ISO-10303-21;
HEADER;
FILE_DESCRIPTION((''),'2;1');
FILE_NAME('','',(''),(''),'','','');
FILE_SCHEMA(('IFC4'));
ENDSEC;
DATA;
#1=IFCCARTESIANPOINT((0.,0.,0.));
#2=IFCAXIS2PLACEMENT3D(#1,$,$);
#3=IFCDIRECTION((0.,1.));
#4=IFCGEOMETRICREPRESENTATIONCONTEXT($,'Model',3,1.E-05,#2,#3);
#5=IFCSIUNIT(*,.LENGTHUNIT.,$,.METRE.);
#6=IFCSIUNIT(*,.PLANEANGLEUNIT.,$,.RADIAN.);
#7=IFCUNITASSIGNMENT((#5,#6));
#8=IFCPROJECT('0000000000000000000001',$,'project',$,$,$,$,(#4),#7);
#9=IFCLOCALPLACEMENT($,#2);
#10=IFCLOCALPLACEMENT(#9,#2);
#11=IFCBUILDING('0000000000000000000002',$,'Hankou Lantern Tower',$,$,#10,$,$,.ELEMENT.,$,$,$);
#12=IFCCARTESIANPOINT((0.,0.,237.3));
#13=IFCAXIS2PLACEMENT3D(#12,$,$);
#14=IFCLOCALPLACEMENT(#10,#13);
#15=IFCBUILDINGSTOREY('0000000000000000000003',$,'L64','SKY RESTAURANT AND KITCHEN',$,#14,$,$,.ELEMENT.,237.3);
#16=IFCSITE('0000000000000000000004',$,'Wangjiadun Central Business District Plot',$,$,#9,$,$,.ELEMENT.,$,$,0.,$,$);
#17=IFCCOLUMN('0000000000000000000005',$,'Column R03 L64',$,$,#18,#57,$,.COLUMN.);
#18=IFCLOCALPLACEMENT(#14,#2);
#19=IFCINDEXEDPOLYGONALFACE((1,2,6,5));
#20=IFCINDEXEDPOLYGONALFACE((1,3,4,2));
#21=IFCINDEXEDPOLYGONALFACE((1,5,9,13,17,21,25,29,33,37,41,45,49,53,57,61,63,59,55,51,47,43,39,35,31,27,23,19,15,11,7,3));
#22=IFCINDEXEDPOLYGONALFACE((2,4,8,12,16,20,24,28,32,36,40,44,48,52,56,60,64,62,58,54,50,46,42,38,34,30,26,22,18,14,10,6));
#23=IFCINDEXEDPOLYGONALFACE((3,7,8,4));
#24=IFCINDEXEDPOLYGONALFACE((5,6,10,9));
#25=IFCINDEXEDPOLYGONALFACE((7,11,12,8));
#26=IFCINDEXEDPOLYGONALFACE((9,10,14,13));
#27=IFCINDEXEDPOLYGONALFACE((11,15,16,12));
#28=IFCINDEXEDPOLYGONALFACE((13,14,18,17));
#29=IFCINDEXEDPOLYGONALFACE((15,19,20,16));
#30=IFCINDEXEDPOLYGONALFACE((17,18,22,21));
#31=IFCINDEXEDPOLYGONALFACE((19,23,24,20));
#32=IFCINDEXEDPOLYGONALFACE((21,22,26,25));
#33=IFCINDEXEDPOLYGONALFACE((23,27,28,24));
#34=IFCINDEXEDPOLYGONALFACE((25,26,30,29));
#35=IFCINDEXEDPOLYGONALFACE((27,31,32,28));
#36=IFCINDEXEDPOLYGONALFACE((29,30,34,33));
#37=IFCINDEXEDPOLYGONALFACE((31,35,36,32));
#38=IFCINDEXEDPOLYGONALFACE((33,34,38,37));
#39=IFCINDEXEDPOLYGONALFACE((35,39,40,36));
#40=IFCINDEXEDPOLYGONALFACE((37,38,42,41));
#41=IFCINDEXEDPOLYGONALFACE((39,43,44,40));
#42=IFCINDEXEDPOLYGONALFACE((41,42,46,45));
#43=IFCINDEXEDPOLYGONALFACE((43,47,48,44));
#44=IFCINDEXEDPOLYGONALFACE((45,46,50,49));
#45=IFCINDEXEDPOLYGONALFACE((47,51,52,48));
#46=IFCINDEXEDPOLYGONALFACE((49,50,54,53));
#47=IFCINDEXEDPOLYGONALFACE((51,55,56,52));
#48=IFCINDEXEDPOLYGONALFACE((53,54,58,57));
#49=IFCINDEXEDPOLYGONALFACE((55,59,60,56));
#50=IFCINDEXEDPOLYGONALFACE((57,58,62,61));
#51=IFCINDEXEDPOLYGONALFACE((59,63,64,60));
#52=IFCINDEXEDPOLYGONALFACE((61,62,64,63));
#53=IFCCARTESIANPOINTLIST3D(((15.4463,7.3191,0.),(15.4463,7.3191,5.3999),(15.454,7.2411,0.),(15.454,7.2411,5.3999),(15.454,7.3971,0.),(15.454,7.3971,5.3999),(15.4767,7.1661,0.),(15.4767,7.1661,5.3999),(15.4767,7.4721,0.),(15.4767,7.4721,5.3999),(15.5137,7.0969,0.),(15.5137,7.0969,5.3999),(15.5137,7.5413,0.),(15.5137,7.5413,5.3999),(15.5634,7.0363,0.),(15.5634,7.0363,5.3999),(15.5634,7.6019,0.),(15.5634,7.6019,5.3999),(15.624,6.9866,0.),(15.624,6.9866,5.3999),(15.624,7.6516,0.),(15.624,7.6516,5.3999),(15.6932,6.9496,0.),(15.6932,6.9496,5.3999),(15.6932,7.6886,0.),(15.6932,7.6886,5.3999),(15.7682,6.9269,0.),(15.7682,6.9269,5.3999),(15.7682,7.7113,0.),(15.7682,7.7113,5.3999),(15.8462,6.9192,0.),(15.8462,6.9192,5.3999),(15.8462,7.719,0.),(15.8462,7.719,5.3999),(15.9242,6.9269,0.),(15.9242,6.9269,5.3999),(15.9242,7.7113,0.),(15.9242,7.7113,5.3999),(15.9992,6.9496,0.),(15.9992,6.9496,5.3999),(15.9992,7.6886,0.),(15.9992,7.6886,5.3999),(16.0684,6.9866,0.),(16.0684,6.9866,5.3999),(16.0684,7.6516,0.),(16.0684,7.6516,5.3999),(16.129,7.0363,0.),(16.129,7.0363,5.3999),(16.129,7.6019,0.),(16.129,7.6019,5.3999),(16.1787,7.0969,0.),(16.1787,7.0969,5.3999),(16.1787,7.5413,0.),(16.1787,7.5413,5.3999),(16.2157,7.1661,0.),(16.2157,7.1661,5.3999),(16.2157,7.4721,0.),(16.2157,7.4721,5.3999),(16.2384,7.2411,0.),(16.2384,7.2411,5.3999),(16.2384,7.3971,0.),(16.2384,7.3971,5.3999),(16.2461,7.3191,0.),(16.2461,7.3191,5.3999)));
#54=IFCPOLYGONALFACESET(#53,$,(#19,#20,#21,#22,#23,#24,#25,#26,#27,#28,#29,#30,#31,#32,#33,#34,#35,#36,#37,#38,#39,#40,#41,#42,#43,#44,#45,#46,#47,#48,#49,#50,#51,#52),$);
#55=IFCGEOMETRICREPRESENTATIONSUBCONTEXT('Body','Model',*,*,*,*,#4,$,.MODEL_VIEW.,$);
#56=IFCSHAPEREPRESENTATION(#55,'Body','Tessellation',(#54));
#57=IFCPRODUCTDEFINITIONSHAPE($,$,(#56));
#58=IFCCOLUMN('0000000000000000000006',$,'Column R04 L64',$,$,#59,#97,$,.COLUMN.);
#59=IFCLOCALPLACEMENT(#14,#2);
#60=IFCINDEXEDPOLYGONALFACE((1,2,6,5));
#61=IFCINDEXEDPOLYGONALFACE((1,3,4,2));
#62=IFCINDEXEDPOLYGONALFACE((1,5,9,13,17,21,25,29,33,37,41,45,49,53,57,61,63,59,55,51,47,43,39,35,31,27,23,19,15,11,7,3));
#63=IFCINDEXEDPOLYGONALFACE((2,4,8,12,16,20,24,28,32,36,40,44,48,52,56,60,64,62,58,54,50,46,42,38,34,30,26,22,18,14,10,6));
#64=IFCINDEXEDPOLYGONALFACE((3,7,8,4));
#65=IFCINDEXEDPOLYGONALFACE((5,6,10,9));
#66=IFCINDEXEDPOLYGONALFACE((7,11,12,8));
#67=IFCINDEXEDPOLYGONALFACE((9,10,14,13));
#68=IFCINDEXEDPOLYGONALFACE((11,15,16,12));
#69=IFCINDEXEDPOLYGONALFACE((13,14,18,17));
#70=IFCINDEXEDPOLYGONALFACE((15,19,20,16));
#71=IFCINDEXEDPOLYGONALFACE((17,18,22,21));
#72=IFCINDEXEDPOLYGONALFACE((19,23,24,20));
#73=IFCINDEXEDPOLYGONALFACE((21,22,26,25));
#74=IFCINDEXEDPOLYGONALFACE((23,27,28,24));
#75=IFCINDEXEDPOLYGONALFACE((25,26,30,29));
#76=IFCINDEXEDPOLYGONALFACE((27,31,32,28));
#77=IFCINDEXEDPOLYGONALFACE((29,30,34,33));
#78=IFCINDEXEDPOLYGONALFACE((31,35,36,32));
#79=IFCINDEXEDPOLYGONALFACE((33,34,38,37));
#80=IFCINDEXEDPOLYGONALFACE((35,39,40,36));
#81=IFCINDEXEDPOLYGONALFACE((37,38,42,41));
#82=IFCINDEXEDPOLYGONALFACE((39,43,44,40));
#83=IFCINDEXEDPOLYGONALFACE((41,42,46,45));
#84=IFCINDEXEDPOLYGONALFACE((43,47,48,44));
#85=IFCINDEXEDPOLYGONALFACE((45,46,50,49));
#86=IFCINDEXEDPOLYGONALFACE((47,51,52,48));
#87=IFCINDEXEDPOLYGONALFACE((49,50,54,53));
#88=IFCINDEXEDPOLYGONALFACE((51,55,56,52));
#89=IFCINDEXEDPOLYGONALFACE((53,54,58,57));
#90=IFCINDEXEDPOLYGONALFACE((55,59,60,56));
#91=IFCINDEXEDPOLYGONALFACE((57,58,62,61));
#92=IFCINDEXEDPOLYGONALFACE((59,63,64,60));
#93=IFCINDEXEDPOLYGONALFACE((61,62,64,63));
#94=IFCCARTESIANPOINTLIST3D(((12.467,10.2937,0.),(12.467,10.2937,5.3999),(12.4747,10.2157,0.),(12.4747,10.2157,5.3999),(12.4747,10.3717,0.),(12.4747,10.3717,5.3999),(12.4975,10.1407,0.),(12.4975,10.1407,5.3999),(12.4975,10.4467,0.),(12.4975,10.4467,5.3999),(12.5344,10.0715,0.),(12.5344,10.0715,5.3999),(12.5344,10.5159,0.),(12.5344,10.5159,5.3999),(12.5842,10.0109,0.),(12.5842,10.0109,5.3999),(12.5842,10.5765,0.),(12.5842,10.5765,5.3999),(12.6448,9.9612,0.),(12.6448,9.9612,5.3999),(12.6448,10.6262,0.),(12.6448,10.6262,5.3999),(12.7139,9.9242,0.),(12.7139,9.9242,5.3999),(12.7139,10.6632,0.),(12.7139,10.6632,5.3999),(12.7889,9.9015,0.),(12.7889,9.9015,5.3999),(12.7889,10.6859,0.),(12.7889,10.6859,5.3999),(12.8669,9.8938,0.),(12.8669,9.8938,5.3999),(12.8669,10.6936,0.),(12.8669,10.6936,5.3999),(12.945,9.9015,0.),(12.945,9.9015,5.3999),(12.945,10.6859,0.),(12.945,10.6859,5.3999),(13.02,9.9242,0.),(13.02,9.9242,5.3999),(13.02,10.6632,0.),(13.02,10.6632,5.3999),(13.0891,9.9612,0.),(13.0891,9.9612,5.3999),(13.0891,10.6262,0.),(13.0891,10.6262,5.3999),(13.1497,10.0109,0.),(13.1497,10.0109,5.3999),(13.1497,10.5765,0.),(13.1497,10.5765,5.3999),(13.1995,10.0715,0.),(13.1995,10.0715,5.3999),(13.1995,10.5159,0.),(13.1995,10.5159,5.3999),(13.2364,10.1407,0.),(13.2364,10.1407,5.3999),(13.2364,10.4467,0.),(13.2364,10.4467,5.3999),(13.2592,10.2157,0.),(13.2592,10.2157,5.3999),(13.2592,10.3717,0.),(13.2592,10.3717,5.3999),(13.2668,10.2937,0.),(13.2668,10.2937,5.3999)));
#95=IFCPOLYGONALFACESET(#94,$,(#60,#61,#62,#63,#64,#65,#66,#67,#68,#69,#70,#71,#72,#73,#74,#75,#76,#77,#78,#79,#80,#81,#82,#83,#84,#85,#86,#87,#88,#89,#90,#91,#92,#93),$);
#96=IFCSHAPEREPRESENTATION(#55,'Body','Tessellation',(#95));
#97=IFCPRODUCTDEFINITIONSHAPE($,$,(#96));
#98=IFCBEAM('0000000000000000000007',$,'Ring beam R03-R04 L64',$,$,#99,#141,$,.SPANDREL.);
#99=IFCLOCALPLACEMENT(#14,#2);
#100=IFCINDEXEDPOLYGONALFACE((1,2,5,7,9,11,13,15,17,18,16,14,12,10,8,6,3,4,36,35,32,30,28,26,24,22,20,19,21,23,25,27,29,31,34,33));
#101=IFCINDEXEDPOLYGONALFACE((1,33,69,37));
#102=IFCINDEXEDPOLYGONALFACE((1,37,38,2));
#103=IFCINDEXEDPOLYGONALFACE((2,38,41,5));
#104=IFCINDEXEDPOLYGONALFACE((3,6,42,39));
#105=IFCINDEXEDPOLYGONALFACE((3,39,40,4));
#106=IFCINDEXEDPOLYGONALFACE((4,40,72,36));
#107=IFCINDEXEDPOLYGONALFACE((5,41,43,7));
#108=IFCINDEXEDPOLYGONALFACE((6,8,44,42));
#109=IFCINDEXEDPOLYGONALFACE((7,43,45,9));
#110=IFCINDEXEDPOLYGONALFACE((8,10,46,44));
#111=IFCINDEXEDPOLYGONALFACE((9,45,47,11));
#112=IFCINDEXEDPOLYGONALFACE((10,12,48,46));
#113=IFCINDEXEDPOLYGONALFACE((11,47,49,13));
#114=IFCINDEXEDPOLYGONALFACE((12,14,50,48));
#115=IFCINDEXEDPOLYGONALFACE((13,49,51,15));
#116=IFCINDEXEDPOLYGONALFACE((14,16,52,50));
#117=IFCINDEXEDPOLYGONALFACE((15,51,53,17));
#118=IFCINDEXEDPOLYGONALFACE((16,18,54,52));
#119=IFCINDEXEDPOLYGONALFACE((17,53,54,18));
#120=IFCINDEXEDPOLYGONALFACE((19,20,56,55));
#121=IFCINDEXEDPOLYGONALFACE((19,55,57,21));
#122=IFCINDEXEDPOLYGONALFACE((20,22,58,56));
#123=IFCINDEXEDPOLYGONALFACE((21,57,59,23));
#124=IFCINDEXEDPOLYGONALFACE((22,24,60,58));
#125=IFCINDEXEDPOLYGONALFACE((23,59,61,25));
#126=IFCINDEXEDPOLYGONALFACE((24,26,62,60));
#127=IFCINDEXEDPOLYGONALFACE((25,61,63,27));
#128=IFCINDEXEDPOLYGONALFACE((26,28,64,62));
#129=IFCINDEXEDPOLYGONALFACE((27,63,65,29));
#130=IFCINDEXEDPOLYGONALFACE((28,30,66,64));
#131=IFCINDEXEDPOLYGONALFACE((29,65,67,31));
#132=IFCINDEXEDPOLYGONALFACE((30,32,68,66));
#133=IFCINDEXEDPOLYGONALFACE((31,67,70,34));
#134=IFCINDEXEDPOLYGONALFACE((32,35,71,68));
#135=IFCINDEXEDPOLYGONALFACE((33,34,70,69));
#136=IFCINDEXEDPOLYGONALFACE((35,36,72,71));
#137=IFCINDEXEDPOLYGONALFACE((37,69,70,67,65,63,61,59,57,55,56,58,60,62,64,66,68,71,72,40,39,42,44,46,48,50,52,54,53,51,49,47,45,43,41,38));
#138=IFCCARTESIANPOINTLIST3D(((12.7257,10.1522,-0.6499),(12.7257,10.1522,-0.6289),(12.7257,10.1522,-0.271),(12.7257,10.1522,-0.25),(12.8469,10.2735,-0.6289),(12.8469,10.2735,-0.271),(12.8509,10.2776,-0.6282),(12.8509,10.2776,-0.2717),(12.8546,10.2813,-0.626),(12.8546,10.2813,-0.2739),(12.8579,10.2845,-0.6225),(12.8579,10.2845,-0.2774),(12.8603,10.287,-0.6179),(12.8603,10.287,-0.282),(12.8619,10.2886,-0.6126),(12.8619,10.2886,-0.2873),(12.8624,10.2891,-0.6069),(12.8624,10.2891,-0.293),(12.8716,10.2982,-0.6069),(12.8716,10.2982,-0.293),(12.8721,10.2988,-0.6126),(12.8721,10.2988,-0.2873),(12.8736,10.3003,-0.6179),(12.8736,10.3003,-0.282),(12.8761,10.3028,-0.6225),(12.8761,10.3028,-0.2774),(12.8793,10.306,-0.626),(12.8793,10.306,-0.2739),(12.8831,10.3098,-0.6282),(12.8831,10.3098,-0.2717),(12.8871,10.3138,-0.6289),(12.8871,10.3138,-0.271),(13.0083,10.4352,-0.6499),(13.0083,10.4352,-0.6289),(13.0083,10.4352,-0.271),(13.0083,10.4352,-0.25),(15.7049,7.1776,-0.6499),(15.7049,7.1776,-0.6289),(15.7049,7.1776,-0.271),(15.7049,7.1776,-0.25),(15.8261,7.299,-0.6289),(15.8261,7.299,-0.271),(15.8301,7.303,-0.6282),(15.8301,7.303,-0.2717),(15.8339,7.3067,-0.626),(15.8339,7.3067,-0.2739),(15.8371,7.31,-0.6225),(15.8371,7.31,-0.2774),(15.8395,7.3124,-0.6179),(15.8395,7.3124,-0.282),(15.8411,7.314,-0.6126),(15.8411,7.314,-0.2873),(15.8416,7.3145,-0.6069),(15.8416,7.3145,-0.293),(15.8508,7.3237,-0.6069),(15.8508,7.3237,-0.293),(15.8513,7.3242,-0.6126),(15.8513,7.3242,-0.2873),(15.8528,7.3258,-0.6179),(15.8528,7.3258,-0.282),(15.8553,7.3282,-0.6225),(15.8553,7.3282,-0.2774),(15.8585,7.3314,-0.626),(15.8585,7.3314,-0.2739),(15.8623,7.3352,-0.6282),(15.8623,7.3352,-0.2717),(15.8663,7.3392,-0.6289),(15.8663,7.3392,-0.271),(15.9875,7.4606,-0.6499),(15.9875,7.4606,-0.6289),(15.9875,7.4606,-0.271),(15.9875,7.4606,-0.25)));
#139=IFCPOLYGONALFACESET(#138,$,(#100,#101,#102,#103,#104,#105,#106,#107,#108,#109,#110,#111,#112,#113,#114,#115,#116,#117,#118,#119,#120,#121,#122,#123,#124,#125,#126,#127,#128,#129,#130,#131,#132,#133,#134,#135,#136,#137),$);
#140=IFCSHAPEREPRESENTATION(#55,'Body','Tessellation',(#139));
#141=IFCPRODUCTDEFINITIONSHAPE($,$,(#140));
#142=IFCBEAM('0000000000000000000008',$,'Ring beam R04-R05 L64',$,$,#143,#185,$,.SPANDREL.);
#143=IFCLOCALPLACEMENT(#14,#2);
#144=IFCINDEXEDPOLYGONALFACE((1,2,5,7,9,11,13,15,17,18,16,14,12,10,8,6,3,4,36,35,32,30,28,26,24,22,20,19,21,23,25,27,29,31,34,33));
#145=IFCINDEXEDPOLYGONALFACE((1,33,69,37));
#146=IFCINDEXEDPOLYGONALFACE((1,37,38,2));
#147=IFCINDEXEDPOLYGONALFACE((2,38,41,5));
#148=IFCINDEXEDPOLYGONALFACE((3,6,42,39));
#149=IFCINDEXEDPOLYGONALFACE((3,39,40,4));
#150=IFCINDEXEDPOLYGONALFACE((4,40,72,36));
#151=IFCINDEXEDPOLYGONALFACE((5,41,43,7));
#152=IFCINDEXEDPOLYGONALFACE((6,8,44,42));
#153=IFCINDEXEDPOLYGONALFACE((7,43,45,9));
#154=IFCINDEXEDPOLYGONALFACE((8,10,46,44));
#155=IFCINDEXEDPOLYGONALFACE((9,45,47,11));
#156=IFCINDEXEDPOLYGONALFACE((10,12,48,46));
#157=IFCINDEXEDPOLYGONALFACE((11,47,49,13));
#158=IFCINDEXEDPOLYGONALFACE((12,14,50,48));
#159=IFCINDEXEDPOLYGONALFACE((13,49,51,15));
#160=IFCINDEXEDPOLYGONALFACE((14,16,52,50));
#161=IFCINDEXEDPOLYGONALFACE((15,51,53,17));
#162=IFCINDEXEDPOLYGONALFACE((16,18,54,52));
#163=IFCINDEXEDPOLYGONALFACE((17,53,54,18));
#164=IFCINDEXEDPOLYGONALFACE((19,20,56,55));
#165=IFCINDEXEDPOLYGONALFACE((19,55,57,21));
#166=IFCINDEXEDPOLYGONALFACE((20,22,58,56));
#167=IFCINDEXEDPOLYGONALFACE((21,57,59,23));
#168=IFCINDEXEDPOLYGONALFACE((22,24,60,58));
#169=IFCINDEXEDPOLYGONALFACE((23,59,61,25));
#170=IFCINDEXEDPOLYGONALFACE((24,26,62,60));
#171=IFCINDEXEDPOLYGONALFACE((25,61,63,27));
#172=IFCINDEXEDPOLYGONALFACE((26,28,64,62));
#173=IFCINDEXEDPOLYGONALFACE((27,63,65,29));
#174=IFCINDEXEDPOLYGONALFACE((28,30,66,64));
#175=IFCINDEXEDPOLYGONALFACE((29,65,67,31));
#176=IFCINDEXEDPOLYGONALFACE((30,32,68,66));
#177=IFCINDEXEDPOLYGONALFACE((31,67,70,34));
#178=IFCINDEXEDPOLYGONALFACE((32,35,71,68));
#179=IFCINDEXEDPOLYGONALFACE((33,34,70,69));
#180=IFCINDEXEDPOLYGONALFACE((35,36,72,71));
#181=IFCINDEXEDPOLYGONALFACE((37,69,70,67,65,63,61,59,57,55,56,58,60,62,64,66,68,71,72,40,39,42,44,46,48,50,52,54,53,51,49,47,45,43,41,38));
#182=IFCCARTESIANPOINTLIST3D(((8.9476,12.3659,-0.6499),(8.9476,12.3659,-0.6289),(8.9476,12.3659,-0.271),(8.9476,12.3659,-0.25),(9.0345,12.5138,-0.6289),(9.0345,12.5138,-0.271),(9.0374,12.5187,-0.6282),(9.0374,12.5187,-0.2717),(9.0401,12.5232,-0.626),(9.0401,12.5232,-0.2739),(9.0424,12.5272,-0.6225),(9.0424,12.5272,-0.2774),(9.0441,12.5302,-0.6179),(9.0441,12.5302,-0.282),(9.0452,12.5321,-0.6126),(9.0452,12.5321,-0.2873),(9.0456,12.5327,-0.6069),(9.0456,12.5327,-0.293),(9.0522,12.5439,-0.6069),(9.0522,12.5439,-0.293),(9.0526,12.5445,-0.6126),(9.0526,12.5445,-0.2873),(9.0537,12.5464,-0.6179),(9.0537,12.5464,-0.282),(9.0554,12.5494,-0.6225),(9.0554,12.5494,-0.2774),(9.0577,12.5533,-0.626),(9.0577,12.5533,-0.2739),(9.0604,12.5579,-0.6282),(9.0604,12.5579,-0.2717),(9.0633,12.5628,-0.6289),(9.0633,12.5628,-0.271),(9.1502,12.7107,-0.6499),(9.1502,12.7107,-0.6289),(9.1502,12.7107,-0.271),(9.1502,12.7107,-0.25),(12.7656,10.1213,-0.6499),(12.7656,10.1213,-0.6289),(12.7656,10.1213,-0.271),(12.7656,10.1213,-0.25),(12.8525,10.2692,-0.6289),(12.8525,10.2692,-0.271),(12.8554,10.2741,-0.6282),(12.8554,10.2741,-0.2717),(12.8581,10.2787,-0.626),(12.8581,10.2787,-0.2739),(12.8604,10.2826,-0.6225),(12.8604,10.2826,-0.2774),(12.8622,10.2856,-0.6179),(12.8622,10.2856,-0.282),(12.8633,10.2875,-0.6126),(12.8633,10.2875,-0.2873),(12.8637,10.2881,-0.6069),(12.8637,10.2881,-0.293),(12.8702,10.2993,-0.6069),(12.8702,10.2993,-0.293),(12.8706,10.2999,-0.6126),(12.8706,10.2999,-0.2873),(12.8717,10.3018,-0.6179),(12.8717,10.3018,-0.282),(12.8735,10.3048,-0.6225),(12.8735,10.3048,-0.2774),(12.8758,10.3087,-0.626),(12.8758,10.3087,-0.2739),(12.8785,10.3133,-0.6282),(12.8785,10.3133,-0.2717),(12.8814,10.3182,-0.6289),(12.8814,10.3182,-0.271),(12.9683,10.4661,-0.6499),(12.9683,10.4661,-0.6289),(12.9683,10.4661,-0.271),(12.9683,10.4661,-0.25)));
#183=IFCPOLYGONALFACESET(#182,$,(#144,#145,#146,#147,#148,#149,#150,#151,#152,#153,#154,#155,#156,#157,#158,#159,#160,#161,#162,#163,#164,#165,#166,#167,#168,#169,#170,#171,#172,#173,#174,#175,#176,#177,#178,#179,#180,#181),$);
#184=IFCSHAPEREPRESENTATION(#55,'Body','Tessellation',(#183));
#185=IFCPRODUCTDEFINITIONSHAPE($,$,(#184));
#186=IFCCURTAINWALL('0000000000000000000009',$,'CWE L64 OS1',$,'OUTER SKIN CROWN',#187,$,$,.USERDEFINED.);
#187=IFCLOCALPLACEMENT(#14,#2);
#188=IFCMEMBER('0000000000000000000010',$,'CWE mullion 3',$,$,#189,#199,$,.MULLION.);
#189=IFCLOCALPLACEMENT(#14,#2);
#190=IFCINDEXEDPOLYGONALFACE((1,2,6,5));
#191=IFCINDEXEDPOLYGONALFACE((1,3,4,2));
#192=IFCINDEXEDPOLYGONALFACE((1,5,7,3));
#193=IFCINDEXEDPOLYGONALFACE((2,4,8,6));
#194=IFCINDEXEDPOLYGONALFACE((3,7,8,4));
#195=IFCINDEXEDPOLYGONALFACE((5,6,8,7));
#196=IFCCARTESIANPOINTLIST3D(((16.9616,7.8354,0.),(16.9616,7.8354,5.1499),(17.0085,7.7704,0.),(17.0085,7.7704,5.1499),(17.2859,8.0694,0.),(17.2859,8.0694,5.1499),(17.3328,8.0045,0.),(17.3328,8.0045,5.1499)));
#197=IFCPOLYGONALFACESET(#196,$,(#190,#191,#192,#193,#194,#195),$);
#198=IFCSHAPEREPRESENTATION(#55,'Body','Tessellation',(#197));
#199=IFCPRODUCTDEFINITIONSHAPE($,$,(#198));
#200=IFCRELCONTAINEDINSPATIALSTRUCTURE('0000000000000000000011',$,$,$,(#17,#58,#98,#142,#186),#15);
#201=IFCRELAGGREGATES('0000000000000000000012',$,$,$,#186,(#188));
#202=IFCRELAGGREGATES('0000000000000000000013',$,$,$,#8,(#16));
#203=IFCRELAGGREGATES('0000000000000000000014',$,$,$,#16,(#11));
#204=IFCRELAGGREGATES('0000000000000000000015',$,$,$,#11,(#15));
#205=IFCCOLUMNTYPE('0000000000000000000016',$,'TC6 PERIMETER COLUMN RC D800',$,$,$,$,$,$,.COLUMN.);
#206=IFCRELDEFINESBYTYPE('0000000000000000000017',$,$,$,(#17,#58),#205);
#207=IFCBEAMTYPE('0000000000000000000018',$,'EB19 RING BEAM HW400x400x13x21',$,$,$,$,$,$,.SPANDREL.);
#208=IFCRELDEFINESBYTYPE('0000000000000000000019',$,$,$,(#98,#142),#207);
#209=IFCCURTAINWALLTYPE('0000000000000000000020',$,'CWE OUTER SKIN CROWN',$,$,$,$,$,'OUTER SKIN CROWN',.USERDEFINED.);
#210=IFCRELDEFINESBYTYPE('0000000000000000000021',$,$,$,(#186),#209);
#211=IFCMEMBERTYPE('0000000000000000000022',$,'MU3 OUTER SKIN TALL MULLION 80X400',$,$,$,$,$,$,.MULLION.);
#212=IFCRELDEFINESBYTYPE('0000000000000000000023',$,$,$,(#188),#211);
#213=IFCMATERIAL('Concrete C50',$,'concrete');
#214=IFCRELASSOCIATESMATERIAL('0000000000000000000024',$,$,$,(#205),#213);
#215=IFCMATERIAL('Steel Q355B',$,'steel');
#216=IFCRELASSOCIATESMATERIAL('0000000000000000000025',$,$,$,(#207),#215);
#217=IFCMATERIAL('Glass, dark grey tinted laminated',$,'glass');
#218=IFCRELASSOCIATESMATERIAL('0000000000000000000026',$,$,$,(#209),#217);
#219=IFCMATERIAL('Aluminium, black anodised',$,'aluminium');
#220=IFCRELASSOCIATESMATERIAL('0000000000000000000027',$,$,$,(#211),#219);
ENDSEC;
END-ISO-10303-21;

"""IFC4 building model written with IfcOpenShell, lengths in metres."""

from ifc_helpers import new_model, si_unit, direction, frame, origin, origin_2d, place, context, subcontext, project, spatial, rectangle, circle, i_section, extrude, material, material_profile, profile_set, type_object, element, aggregate, save


model = new_model("IFC4")

# Units and contexts
model_context = context("Model", 3, precision=1e-05, world=origin(), true_north=direction((0.0, 1.0)))
body_context = subcontext(model_context, "Body", "Model", "MODEL_VIEW")
ifc_project = project(units=[si_unit("LENGTHUNIT", "METRE"), si_unit("PLANEANGLEUNIT", "RADIAN")], contexts=[model_context])

# Site, building, storey
site_placement = place(None, origin())
site = spatial("IfcSite", under=ifc_project, at=site_placement, Name="Wangjiadun Central Business District Plot", CompositionType="ELEMENT", RefElevation=0.0)
building_placement = place(site_placement, origin())
building = spatial("IfcBuilding", under=site, at=building_placement, Name="Hankou Lantern Tower", CompositionType="ELEMENT")
storey_placement = place(building_placement, frame((0.0, 0.0, 237.3)))
storey = spatial("IfcBuildingStorey", under=building, at=storey_placement, Name="L64", Description="SKY RESTAURANT AND KITCHEN", CompositionType="ELEMENT", Elevation=237.3)

# Columns
ifc_material_1 = material(Name="Concrete C50", Category="concrete")
ifc_material_profile_1 = material_profile(ifc_material_1, circle(Radius=0.3999, at=origin_2d()), Name="RC D800")
ifc_profile_set_1 = profile_set([ifc_material_profile_1], Name="Concrete C50")
column_type = type_object("IfcColumnType", Name="TC6 PERIMETER COLUMN RC D800", PredefinedType="COLUMN", material=ifc_profile_set_1)
for number, where, z_axis, x_axis, name in (
    (1, (15.8462, 7.3191, 0.0), (0.0, 0.0, 1.0), (1.0, 0.0, 0.0), "Column R03 L64"),
    (2, (12.8669, 10.2937, 0.0), (0.0, 0.0, 1.0), (1.0, 0.0, 0.0), "Column R04 L64"),
):
    element("IfcColumn", number, at=place(storey_placement, frame(where, z_axis=z_axis, x_axis=x_axis)), inside=storey, type_object=column_type, Name=name, PredefinedType="COLUMN", context=body_context, shape_type="SweptSolid", body=[
        extrude(circle(Radius=0.3999, at=origin_2d()), origin(), (0.0, 0.0, 1.0), 5.3999),
    ])

# Beams
ifc_material_2 = material(Name="Steel Q355B", Category="steel")
ifc_material_profile_2 = material_profile(ifc_material_2, i_section(OverallWidth=0.3999, OverallDepth=0.3999, WebThickness=0.0129, FlangeThickness=0.021, FilletRadius=0.022, at=origin_2d()), Name="HW400x400x13x21")
ifc_profile_set_2 = profile_set([ifc_material_profile_2], Name="Steel Q355B")
beam_type_1 = type_object("IfcBeamType", Name="EB19 RING BEAM HW400x400x13x21", PredefinedType="SPANDREL", material=ifc_profile_set_2)
beam_1_placement = place(storey_placement, frame((15.8462, 7.3191, -0.45), z_axis=(-0.707657, 0.706556, 0.0), x_axis=(-0.706556, -0.707657, 0.0)))
element("IfcBeam", 3, at=beam_1_placement, inside=storey, type_object=beam_type_1, Name="Ring beam R03-R04 L64", PredefinedType="SPANDREL", context=body_context, shape_type="SweptSolid", body=[
    extrude(i_section(OverallWidth=0.3999, OverallDepth=0.3999, WebThickness=0.0129, FlangeThickness=0.021, FilletRadius=0.022, at=origin_2d()), origin(), (0.0, 0.0, 1.0), 4.21),
])
beam_2_placement = place(storey_placement, frame((12.8669, 10.2937, -0.45), z_axis=(-0.862065, 0.506798, 0.0), x_axis=(-0.506798, -0.862065, 0.0)))
element("IfcBeam", 4, at=beam_2_placement, inside=storey, type_object=beam_type_1, Name="Ring beam R04-R05 L64", PredefinedType="SPANDREL", context=body_context, shape_type="SweptSolid", body=[
    extrude(i_section(OverallWidth=0.3999, OverallDepth=0.3999, WebThickness=0.0129, FlangeThickness=0.021, FilletRadius=0.022, at=origin_2d()), origin(), (0.0, 0.0, 1.0), 4.429),
])

# Curtain wall, member
ifc_material_3 = material(Name="Glass, dark grey tinted laminated", Category="glass")
curtain_wall_type = type_object("IfcCurtainWallType", Name="CWE OUTER SKIN CROWN", ElementType="OUTER SKIN CROWN", PredefinedType="USERDEFINED", material=ifc_material_3)
curtain_wall_placement = place(storey_placement, origin())
curtain_wall = element("IfcCurtainWall", 5, at=curtain_wall_placement, inside=storey, type_object=curtain_wall_type, Name="CWE L64 OS1", ObjectType="OUTER SKIN CROWN", PredefinedType="USERDEFINED")
ifc_material_4 = material(Name="Aluminium, black anodised", Category="aluminium")
ifc_material_profile_3 = material_profile(ifc_material_4, rectangle(XDim=0.0801, YDim=0.3999, at=origin_2d()), Name="MU3 80X400")
ifc_profile_set_3 = profile_set([ifc_material_profile_3], Name="Aluminium, black anodised")
member_type_1 = type_object("IfcMemberType", Name="MU3 OUTER SKIN TALL MULLION 80X400", PredefinedType="MULLION", material=ifc_profile_set_3)
member_1_placement = place(storey_placement, frame((17.1472, 7.9199, 0.0), z_axis=(0.0, 0.0, 1.0), x_axis=(-0.585206, 0.810885, 0.0)))
member_1 = element("IfcMember", 6, at=member_1_placement, type_object=member_type_1, Name="CWE mullion 3", PredefinedType="MULLION", context=body_context, shape_type="SweptSolid", body=[
    extrude(rectangle(XDim=0.0801, YDim=0.3999, at=origin_2d()), origin(), (0.0, 0.0, 1.0), 5.1499),
])

aggregate(curtain_wall, [member_1])

save(model, "model.ifc")
